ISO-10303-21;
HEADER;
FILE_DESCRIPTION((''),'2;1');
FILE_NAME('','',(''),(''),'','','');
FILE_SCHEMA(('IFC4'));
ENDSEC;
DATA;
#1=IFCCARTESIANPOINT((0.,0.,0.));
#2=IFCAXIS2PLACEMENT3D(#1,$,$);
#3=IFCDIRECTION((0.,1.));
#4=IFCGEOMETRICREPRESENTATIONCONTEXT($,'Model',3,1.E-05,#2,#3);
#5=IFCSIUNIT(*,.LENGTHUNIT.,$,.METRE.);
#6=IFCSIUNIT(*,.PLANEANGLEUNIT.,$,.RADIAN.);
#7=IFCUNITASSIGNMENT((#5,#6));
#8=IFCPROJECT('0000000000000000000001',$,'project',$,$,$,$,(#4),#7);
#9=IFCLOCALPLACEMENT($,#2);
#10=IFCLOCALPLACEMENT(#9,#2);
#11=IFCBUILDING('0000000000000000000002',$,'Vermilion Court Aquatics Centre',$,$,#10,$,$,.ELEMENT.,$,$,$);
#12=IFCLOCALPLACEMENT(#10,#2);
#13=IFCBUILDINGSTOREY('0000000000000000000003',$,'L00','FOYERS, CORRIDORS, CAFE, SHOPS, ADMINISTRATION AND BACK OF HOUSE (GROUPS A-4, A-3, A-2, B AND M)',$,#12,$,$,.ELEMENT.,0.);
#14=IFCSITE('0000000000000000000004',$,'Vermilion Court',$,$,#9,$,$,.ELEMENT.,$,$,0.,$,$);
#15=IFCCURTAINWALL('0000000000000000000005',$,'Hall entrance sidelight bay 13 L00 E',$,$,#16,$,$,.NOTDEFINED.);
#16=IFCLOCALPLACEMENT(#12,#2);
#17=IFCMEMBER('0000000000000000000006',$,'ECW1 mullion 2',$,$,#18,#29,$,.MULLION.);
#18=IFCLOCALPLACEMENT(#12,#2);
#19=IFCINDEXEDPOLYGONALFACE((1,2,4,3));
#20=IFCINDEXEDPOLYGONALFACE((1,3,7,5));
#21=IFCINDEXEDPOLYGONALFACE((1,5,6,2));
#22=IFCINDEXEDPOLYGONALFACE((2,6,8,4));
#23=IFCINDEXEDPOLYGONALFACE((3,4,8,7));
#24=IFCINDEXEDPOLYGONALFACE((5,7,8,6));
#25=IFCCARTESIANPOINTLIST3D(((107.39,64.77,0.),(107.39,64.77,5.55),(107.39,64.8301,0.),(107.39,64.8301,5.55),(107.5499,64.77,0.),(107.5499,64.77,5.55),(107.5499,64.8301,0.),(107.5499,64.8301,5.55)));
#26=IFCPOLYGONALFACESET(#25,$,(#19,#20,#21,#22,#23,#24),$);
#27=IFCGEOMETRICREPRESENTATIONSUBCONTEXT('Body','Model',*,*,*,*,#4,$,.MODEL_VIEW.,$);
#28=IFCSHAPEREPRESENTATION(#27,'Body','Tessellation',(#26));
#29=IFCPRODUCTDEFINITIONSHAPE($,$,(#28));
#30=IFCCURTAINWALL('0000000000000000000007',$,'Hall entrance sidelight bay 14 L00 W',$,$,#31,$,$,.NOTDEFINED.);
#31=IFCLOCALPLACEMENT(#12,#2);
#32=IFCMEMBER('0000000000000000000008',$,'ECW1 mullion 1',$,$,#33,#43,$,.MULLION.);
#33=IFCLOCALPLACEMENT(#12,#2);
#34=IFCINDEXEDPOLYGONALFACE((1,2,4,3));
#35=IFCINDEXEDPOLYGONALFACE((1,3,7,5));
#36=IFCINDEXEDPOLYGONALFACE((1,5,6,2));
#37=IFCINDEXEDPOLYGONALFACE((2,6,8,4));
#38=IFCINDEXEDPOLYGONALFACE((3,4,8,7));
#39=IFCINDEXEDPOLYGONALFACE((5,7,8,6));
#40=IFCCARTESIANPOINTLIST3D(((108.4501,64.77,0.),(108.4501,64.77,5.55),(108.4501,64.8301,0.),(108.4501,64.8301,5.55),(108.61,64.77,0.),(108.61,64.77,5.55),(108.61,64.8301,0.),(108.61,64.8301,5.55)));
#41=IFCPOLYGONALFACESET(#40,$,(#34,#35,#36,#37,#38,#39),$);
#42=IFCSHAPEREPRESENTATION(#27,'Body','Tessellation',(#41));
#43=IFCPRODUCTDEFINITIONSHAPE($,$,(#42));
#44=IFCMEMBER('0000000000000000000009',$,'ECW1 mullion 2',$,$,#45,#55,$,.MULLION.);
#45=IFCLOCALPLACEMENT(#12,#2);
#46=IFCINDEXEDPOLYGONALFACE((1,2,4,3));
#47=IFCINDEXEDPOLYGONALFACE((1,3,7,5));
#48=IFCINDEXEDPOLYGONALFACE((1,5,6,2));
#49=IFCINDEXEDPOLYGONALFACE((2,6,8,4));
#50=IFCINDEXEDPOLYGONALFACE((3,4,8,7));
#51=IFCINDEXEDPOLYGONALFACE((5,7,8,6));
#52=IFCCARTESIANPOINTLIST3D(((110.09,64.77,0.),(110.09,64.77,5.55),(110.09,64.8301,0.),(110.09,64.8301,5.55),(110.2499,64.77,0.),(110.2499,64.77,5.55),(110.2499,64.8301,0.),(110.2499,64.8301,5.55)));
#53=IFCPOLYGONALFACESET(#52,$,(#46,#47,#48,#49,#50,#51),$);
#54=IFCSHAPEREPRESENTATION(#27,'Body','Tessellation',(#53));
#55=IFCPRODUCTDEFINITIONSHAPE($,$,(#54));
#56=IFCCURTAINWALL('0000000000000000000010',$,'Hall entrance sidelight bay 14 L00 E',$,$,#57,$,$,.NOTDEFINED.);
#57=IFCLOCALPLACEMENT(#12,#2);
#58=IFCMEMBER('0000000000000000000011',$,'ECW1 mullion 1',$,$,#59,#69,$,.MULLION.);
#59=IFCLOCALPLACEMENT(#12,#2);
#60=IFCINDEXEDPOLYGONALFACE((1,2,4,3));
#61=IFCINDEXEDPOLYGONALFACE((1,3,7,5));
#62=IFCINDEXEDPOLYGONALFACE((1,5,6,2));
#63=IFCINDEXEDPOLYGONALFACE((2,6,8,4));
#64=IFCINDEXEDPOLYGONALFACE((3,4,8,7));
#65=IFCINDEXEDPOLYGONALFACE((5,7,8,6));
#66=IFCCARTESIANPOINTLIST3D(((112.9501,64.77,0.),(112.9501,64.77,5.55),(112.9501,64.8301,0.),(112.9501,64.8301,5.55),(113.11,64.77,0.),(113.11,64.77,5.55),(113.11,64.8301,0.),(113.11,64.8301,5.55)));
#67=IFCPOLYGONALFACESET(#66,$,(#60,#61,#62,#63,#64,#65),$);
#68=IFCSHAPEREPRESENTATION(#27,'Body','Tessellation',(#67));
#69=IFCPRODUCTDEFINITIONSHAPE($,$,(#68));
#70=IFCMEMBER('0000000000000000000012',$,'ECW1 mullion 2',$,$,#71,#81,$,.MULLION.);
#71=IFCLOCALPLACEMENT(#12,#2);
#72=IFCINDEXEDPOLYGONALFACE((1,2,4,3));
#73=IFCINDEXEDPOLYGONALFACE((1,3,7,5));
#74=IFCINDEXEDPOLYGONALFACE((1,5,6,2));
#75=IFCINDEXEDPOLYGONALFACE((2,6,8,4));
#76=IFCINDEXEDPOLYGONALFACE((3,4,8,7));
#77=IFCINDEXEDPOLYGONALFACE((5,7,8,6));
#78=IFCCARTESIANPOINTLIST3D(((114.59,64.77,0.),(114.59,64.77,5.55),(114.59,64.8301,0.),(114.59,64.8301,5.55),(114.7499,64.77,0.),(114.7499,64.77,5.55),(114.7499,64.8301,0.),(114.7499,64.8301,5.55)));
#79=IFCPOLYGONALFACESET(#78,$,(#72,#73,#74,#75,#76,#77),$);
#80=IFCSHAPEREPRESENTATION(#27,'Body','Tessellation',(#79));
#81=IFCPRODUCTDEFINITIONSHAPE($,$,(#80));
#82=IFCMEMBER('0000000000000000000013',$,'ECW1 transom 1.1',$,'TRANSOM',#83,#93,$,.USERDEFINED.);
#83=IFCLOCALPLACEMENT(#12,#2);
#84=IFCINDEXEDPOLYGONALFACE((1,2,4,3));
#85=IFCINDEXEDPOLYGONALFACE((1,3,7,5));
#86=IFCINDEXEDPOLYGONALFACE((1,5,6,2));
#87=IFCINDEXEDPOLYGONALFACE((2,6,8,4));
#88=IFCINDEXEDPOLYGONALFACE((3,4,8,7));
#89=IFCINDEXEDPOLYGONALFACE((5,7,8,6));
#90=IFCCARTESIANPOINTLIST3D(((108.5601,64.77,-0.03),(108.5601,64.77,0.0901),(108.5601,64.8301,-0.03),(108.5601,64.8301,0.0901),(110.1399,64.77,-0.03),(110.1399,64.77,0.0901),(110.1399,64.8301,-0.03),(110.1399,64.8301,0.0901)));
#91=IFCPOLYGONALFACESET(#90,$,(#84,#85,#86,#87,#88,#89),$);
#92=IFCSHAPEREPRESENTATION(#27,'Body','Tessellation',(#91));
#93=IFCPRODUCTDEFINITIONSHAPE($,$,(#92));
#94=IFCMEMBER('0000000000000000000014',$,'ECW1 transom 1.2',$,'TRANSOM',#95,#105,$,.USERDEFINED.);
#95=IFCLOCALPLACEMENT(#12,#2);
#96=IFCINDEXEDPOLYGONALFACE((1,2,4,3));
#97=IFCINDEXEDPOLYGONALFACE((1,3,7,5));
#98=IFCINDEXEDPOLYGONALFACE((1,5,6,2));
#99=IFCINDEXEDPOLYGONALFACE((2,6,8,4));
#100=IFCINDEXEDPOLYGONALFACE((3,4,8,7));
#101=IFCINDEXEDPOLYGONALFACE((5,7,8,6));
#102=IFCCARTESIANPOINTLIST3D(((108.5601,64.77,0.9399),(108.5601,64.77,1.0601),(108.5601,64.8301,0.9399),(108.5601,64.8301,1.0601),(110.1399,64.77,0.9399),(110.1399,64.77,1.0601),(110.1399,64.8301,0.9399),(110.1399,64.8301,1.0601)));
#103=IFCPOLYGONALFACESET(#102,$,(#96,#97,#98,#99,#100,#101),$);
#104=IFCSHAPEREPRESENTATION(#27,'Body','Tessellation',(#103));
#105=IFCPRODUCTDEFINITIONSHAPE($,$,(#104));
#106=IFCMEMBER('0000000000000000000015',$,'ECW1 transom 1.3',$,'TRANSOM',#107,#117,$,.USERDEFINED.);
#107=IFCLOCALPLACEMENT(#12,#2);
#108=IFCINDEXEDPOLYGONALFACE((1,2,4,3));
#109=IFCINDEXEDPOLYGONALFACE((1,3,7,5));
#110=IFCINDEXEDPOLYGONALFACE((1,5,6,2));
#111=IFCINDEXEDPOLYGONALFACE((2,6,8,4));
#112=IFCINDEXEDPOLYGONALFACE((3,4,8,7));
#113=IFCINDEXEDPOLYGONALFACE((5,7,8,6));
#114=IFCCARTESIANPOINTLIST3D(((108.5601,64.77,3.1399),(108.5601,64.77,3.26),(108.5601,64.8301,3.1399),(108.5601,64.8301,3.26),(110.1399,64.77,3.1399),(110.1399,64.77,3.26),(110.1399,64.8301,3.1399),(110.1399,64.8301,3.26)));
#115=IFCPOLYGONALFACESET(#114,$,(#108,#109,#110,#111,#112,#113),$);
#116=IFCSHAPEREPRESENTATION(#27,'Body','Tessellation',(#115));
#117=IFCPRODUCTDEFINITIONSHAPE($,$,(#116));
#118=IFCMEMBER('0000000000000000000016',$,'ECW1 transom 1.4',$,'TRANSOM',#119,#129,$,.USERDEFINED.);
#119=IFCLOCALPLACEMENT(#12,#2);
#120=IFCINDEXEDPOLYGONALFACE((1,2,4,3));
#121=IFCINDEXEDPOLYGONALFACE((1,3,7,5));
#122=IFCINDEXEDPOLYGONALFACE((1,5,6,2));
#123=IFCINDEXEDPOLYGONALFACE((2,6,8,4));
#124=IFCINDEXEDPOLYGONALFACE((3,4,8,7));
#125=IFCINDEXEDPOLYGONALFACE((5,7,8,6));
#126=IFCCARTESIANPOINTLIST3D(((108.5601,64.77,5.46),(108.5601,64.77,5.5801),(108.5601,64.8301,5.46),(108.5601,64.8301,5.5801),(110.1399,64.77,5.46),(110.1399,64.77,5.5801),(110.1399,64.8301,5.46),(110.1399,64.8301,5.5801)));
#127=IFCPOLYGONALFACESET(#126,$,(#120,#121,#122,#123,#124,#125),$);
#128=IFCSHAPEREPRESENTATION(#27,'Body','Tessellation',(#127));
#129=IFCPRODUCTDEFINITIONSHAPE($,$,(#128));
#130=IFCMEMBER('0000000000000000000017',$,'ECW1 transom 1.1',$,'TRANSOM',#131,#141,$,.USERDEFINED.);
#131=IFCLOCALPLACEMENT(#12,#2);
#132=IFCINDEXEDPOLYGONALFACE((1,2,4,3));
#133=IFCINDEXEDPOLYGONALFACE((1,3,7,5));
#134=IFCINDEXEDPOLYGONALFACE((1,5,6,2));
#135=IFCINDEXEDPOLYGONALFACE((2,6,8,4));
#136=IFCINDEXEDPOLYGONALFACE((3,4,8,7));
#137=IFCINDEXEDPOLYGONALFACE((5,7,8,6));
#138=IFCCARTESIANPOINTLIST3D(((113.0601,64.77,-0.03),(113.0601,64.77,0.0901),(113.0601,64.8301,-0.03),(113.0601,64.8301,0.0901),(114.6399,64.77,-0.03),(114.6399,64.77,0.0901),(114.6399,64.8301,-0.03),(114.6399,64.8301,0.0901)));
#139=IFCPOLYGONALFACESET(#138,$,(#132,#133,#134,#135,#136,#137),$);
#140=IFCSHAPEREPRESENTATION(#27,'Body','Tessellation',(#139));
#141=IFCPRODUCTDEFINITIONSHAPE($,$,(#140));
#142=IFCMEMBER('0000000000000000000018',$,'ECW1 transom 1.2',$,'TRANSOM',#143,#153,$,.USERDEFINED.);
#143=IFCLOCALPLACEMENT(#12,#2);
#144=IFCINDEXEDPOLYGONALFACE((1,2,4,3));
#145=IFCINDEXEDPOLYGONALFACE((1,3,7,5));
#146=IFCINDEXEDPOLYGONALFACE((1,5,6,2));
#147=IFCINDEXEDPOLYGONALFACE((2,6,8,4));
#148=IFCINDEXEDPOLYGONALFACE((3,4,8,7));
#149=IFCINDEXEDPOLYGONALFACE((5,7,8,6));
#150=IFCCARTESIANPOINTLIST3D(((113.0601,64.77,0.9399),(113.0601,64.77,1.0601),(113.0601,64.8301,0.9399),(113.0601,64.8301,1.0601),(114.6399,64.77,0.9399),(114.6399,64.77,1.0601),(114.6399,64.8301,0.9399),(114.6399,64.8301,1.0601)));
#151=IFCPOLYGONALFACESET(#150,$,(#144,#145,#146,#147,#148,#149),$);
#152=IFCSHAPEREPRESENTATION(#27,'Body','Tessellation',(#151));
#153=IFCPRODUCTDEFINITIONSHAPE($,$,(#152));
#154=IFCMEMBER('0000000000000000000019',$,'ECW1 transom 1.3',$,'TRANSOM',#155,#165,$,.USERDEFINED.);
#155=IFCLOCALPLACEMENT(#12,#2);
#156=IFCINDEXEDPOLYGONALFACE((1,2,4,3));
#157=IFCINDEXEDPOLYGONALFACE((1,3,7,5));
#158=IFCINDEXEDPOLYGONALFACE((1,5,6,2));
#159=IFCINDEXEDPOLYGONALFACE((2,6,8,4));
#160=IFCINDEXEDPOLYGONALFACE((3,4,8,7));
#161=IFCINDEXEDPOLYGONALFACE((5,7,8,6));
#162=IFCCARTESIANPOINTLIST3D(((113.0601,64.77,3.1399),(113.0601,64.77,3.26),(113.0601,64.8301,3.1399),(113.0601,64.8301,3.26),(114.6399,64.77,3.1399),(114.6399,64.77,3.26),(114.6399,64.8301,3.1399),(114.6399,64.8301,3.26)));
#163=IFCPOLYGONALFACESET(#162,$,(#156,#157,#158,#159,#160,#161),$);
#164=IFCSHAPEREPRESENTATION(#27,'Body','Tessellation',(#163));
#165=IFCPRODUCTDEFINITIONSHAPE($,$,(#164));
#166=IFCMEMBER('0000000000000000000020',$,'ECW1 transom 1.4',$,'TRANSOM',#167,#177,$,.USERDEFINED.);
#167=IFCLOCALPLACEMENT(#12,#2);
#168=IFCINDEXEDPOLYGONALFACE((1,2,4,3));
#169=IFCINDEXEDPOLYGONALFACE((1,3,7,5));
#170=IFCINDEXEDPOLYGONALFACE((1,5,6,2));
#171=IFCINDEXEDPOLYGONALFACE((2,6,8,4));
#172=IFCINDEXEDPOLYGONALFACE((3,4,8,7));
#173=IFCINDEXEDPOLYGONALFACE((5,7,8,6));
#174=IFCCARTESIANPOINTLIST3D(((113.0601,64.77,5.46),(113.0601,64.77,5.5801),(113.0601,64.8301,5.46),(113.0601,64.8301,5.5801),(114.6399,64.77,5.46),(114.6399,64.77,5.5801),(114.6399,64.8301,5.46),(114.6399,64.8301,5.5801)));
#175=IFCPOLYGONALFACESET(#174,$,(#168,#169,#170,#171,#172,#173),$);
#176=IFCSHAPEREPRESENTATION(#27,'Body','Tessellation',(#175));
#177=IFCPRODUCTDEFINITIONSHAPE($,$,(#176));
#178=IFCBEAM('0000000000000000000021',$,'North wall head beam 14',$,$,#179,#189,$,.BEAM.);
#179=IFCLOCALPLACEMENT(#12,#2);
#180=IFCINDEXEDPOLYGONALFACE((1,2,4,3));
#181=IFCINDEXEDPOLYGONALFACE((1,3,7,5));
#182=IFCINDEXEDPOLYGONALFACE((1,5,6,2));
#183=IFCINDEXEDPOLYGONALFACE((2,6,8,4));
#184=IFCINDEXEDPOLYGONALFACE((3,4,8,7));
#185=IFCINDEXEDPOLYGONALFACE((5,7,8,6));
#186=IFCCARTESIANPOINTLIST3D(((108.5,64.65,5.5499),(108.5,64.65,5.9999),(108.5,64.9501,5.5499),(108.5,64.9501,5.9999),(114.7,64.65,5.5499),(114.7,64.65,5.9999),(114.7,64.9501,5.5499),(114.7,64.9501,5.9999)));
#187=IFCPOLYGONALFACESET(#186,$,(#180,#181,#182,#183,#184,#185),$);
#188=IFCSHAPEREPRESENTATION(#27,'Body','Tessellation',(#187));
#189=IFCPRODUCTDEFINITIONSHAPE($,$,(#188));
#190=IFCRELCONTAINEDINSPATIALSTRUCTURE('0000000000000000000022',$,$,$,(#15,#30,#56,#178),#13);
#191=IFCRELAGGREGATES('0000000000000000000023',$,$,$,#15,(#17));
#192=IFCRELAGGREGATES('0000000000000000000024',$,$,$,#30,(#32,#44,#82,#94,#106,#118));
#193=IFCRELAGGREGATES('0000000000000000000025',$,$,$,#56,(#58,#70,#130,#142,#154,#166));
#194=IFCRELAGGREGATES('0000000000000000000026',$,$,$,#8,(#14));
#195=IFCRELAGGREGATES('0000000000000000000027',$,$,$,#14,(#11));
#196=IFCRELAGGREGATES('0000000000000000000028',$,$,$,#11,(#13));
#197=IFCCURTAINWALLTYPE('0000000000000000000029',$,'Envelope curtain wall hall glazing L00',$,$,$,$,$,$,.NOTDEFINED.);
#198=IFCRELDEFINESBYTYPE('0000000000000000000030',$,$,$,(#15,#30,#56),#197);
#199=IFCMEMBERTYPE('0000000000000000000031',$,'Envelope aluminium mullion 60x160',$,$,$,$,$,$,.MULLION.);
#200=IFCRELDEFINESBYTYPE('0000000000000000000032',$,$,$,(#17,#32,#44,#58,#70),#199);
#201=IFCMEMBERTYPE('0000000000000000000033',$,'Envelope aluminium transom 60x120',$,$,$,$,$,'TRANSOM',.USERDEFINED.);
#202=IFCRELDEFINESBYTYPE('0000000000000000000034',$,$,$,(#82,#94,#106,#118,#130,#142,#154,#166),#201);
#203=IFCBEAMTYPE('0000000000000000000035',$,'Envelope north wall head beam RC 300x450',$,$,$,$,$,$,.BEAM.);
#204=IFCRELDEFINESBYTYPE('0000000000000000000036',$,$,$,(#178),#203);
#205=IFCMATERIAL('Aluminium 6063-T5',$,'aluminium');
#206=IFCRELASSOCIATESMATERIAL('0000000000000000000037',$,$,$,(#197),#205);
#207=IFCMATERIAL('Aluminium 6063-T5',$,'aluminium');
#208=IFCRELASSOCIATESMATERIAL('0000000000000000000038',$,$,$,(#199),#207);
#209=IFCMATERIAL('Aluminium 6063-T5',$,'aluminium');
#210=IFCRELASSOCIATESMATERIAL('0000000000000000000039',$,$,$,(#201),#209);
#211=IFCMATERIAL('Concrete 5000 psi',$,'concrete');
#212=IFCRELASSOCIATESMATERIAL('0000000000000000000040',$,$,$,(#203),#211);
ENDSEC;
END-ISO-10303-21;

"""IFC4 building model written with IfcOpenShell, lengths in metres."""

from ifc_helpers import new_model, si_unit, direction, frame, origin, origin_2d, place, context, subcontext, project, spatial, rectangle, extrude, material, material_profile, profile_set, type_object, element, aggregate, save


model = new_model("IFC4")

# Units and contexts
model_context = context("Model", 3, precision=1e-05, world=origin(), true_north=direction((0.0, 1.0)))
body_context = subcontext(model_context, "Body", "Model", "MODEL_VIEW")
ifc_project = project(units=[si_unit("LENGTHUNIT", "METRE"), si_unit("PLANEANGLEUNIT", "RADIAN")], contexts=[model_context])

# Site, building, storey
site_placement = place(None, origin())
site = spatial("IfcSite", under=ifc_project, at=site_placement, Name="Vermilion Court", CompositionType="ELEMENT", RefElevation=0.0)
building_placement = place(site_placement, origin())
building = spatial("IfcBuilding", under=site, at=building_placement, Name="Vermilion Court Aquatics Centre", CompositionType="ELEMENT")
storey_placement = place(building_placement, origin())
storey = spatial("IfcBuildingStorey", under=building, at=storey_placement, Name="L00", Description="FOYERS, CORRIDORS, CAFE, SHOPS, ADMINISTRATION AND BACK OF HOUSE (GROUPS A-4, A-3, A-2, B AND M)", CompositionType="ELEMENT", Elevation=0.0)

# Curtain wall, member
ifc_material_1 = material(Name="Aluminium 6063-T5", Category="aluminium")
curtain_wall_type = type_object("IfcCurtainWallType", Name="Envelope curtain wall hall glazing L00", PredefinedType="NOTDEFINED", material=ifc_material_1)
curtain_wall_1_placement = place(storey_placement, origin())
curtain_wall_1 = element("IfcCurtainWall", 1, at=curtain_wall_1_placement, inside=storey, type_object=curtain_wall_type, Name="Hall entrance sidelight bay 13 L00 E", PredefinedType="NOTDEFINED")
ifc_material_2 = material(Name="Aluminium 6063-T5", Category="aluminium")
ifc_material_profile_1 = material_profile(ifc_material_2, rectangle(XDim=0.0601, YDim=0.1599, at=origin_2d()), Name="AL 60x160")
ifc_profile_set_1 = profile_set([ifc_material_profile_1], Name="Aluminium 6063-T5")
member_type_1 = type_object("IfcMemberType", Name="Envelope aluminium mullion 60x160", PredefinedType="MULLION", material=ifc_profile_set_1)
member_1_placement = place(storey_placement, frame((107.47, 64.8, 0.0), z_axis=(0.0, 0.0, 1.0), x_axis=(0.0, 1.0, 0.0)))
member_1 = element("IfcMember", 2, at=member_1_placement, type_object=member_type_1, Name="ECW1 mullion 2", PredefinedType="MULLION", context=body_context, shape_type="SweptSolid", body=[
    extrude(rectangle(XDim=0.0601, YDim=0.1599, at=origin_2d()), origin(), (0.0, 0.0, 1.0), 5.55),
])
aggregate(curtain_wall_1, [member_1])

# Curtain walls, members
curtain_wall_2_placement = place(storey_placement, origin())
curtain_wall_2 = element("IfcCurtainWall", 3, at=curtain_wall_2_placement, inside=storey, type_object=curtain_wall_type, Name="Hall entrance sidelight bay 14 L00 W", PredefinedType="NOTDEFINED")
member_2_placement = place(storey_placement, frame((108.53, 64.8, 0.0), z_axis=(0.0, 0.0, 1.0), x_axis=(0.0, 1.0, 0.0)))
member_2 = element("IfcMember", 4, at=member_2_placement, type_object=member_type_1, Name="ECW1 mullion 1", PredefinedType="MULLION", context=body_context, shape_type="SweptSolid", body=[
    extrude(rectangle(XDim=0.0601, YDim=0.1599, at=origin_2d()), origin(), (0.0, 0.0, 1.0), 5.55),
])
member_3_placement = place(storey_placement, frame((110.1699, 64.8, 0.0), z_axis=(0.0, 0.0, 1.0), x_axis=(0.0, 1.0, 0.0)))
member_3 = element("IfcMember", 5, at=member_3_placement, type_object=member_type_1, Name="ECW1 mullion 2", PredefinedType="MULLION", context=body_context, shape_type="SweptSolid", body=[
    extrude(rectangle(XDim=0.0601, YDim=0.1599, at=origin_2d()), origin(), (0.0, 0.0, 1.0), 5.55),
])
curtain_wall_3_placement = place(storey_placement, origin())
curtain_wall_3 = element("IfcCurtainWall", 6, at=curtain_wall_3_placement, inside=storey, type_object=curtain_wall_type, Name="Hall entrance sidelight bay 14 L00 E", PredefinedType="NOTDEFINED")
member_4_placement = place(storey_placement, frame((113.03, 64.8, 0.0), z_axis=(0.0, 0.0, 1.0), x_axis=(0.0, 1.0, 0.0)))
member_4 = element("IfcMember", 7, at=member_4_placement, type_object=member_type_1, Name="ECW1 mullion 1", PredefinedType="MULLION", context=body_context, shape_type="SweptSolid", body=[
    extrude(rectangle(XDim=0.0601, YDim=0.1599, at=origin_2d()), origin(), (0.0, 0.0, 1.0), 5.55),
])
member_5_placement = place(storey_placement, frame((114.6699, 64.8, 0.0), z_axis=(0.0, 0.0, 1.0), x_axis=(0.0, 1.0, 0.0)))
member_5 = element("IfcMember", 8, at=member_5_placement, type_object=member_type_1, Name="ECW1 mullion 2", PredefinedType="MULLION", context=body_context, shape_type="SweptSolid", body=[
    extrude(rectangle(XDim=0.0601, YDim=0.1599, at=origin_2d()), origin(), (0.0, 0.0, 1.0), 5.55),
])

# Members
ifc_material_3 = material(Name="Aluminium 6063-T5", Category="aluminium")
ifc_material_profile_2 = material_profile(ifc_material_3, rectangle(XDim=0.0601, YDim=0.1201, at=origin_2d()), Name="AL 60x120")
ifc_profile_set_2 = profile_set([ifc_material_profile_2], Name="Aluminium 6063-T5")
member_type_2 = type_object("IfcMemberType", Name="Envelope aluminium transom 60x120", ElementType="TRANSOM", PredefinedType="USERDEFINED", material=ifc_profile_set_2)
member_6_placement = place(storey_placement, frame((108.5601, 64.8, 0.03), z_axis=(1.0, 0.0, 0.0), x_axis=(0.0, 1.0, 0.0)))
member_6 = element("IfcMember", 9, at=member_6_placement, type_object=member_type_2, Name="ECW1 transom 1.1", ObjectType="TRANSOM", PredefinedType="USERDEFINED", context=body_context, shape_type="SweptSolid", body=[
    extrude(rectangle(XDim=0.0601, YDim=0.1201, at=origin_2d()), origin(), (0.0, 0.0, 1.0), 1.5798),
])
member_7_placement = place(storey_placement, frame((108.5601, 64.8, 1.0), z_axis=(1.0, 0.0, 0.0), x_axis=(0.0, 1.0, 0.0)))
member_7 = element("IfcMember", 10, at=member_7_placement, type_object=member_type_2, Name="ECW1 transom 1.2", ObjectType="TRANSOM", PredefinedType="USERDEFINED", context=body_context, shape_type="SweptSolid", body=[
    extrude(rectangle(XDim=0.0601, YDim=0.1201, at=origin_2d()), origin(), (0.0, 0.0, 1.0), 1.5798),
])
member_8_placement = place(storey_placement, frame((108.5601, 64.8, 3.2), z_axis=(1.0, 0.0, 0.0), x_axis=(0.0, 1.0, 0.0)))
member_8 = element("IfcMember", 11, at=member_8_placement, type_object=member_type_2, Name="ECW1 transom 1.3", ObjectType="TRANSOM", PredefinedType="USERDEFINED", context=body_context, shape_type="SweptSolid", body=[
    extrude(rectangle(XDim=0.0601, YDim=0.1201, at=origin_2d()), origin(), (0.0, 0.0, 1.0), 1.5798),
])
member_9_placement = place(storey_placement, frame((108.5601, 64.8, 5.52), z_axis=(1.0, 0.0, 0.0), x_axis=(0.0, 1.0, 0.0)))
member_9 = element("IfcMember", 12, at=member_9_placement, type_object=member_type_2, Name="ECW1 transom 1.4", ObjectType="TRANSOM", PredefinedType="USERDEFINED", context=body_context, shape_type="SweptSolid", body=[
    extrude(rectangle(XDim=0.0601, YDim=0.1201, at=origin_2d()), origin(), (0.0, 0.0, 1.0), 1.5798),
])
member_10_placement = place(storey_placement, frame((113.0601, 64.8, 0.03), z_axis=(1.0, 0.0, 0.0), x_axis=(0.0, 1.0, 0.0)))
member_10 = element("IfcMember", 13, at=member_10_placement, type_object=member_type_2, Name="ECW1 transom 1.1", ObjectType="TRANSOM", PredefinedType="USERDEFINED", context=body_context, shape_type="SweptSolid", body=[
    extrude(rectangle(XDim=0.0601, YDim=0.1201, at=origin_2d()), origin(), (0.0, 0.0, 1.0), 1.5798),
])
member_11_placement = place(storey_placement, frame((113.0601, 64.8, 1.0), z_axis=(1.0, 0.0, 0.0), x_axis=(0.0, 1.0, 0.0)))
member_11 = element("IfcMember", 14, at=member_11_placement, type_object=member_type_2, Name="ECW1 transom 1.2", ObjectType="TRANSOM", PredefinedType="USERDEFINED", context=body_context, shape_type="SweptSolid", body=[
    extrude(rectangle(XDim=0.0601, YDim=0.1201, at=origin_2d()), origin(), (0.0, 0.0, 1.0), 1.5798),
])
member_12_placement = place(storey_placement, frame((113.0601, 64.8, 3.2), z_axis=(1.0, 0.0, 0.0), x_axis=(0.0, 1.0, 0.0)))
member_12 = element("IfcMember", 15, at=member_12_placement, type_object=member_type_2, Name="ECW1 transom 1.3", ObjectType="TRANSOM", PredefinedType="USERDEFINED", context=body_context, shape_type="SweptSolid", body=[
    extrude(rectangle(XDim=0.0601, YDim=0.1201, at=origin_2d()), origin(), (0.0, 0.0, 1.0), 1.5798),
])
member_13_placement = place(storey_placement, frame((113.0601, 64.8, 5.52), z_axis=(1.0, 0.0, 0.0), x_axis=(0.0, 1.0, 0.0)))
member_13 = element("IfcMember", 16, at=member_13_placement, type_object=member_type_2, Name="ECW1 transom 1.4", ObjectType="TRANSOM", PredefinedType="USERDEFINED", context=body_context, shape_type="SweptSolid", body=[
    extrude(rectangle(XDim=0.0601, YDim=0.1201, at=origin_2d()), origin(), (0.0, 0.0, 1.0), 1.5798),
])

# Beam
ifc_material_4 = material(Name="Concrete 5000 psi", Category="concrete")
ifc_material_profile_3 = material_profile(ifc_material_4, rectangle(XDim=0.3, YDim=0.45, at=origin_2d()), Name="RC 300x450")
ifc_profile_set_3 = profile_set([ifc_material_profile_3], Name="Concrete 5000 psi")
beam_type = type_object("IfcBeamType", Name="Envelope north wall head beam RC 300x450", PredefinedType="BEAM", material=ifc_profile_set_3)
beam_placement = place(storey_placement, frame((108.5, 64.8, 5.7749), z_axis=(1.0, 0.0, 0.0), x_axis=(0.0, 1.0, 0.0)))
element("IfcBeam", 17, at=beam_placement, inside=storey, type_object=beam_type, Name="North wall head beam 14", PredefinedType="BEAM", context=body_context, shape_type="SweptSolid", body=[
    extrude(rectangle(XDim=0.3, YDim=0.45, at=origin_2d()), origin(), (0.0, 0.0, 1.0), 6.2),
])

aggregate(curtain_wall_2, [member_2, member_3, member_6, member_7, member_8, member_9])
aggregate(curtain_wall_3, [member_4, member_5, member_10, member_11, member_12, member_13])

save(model, "model.ifc")
